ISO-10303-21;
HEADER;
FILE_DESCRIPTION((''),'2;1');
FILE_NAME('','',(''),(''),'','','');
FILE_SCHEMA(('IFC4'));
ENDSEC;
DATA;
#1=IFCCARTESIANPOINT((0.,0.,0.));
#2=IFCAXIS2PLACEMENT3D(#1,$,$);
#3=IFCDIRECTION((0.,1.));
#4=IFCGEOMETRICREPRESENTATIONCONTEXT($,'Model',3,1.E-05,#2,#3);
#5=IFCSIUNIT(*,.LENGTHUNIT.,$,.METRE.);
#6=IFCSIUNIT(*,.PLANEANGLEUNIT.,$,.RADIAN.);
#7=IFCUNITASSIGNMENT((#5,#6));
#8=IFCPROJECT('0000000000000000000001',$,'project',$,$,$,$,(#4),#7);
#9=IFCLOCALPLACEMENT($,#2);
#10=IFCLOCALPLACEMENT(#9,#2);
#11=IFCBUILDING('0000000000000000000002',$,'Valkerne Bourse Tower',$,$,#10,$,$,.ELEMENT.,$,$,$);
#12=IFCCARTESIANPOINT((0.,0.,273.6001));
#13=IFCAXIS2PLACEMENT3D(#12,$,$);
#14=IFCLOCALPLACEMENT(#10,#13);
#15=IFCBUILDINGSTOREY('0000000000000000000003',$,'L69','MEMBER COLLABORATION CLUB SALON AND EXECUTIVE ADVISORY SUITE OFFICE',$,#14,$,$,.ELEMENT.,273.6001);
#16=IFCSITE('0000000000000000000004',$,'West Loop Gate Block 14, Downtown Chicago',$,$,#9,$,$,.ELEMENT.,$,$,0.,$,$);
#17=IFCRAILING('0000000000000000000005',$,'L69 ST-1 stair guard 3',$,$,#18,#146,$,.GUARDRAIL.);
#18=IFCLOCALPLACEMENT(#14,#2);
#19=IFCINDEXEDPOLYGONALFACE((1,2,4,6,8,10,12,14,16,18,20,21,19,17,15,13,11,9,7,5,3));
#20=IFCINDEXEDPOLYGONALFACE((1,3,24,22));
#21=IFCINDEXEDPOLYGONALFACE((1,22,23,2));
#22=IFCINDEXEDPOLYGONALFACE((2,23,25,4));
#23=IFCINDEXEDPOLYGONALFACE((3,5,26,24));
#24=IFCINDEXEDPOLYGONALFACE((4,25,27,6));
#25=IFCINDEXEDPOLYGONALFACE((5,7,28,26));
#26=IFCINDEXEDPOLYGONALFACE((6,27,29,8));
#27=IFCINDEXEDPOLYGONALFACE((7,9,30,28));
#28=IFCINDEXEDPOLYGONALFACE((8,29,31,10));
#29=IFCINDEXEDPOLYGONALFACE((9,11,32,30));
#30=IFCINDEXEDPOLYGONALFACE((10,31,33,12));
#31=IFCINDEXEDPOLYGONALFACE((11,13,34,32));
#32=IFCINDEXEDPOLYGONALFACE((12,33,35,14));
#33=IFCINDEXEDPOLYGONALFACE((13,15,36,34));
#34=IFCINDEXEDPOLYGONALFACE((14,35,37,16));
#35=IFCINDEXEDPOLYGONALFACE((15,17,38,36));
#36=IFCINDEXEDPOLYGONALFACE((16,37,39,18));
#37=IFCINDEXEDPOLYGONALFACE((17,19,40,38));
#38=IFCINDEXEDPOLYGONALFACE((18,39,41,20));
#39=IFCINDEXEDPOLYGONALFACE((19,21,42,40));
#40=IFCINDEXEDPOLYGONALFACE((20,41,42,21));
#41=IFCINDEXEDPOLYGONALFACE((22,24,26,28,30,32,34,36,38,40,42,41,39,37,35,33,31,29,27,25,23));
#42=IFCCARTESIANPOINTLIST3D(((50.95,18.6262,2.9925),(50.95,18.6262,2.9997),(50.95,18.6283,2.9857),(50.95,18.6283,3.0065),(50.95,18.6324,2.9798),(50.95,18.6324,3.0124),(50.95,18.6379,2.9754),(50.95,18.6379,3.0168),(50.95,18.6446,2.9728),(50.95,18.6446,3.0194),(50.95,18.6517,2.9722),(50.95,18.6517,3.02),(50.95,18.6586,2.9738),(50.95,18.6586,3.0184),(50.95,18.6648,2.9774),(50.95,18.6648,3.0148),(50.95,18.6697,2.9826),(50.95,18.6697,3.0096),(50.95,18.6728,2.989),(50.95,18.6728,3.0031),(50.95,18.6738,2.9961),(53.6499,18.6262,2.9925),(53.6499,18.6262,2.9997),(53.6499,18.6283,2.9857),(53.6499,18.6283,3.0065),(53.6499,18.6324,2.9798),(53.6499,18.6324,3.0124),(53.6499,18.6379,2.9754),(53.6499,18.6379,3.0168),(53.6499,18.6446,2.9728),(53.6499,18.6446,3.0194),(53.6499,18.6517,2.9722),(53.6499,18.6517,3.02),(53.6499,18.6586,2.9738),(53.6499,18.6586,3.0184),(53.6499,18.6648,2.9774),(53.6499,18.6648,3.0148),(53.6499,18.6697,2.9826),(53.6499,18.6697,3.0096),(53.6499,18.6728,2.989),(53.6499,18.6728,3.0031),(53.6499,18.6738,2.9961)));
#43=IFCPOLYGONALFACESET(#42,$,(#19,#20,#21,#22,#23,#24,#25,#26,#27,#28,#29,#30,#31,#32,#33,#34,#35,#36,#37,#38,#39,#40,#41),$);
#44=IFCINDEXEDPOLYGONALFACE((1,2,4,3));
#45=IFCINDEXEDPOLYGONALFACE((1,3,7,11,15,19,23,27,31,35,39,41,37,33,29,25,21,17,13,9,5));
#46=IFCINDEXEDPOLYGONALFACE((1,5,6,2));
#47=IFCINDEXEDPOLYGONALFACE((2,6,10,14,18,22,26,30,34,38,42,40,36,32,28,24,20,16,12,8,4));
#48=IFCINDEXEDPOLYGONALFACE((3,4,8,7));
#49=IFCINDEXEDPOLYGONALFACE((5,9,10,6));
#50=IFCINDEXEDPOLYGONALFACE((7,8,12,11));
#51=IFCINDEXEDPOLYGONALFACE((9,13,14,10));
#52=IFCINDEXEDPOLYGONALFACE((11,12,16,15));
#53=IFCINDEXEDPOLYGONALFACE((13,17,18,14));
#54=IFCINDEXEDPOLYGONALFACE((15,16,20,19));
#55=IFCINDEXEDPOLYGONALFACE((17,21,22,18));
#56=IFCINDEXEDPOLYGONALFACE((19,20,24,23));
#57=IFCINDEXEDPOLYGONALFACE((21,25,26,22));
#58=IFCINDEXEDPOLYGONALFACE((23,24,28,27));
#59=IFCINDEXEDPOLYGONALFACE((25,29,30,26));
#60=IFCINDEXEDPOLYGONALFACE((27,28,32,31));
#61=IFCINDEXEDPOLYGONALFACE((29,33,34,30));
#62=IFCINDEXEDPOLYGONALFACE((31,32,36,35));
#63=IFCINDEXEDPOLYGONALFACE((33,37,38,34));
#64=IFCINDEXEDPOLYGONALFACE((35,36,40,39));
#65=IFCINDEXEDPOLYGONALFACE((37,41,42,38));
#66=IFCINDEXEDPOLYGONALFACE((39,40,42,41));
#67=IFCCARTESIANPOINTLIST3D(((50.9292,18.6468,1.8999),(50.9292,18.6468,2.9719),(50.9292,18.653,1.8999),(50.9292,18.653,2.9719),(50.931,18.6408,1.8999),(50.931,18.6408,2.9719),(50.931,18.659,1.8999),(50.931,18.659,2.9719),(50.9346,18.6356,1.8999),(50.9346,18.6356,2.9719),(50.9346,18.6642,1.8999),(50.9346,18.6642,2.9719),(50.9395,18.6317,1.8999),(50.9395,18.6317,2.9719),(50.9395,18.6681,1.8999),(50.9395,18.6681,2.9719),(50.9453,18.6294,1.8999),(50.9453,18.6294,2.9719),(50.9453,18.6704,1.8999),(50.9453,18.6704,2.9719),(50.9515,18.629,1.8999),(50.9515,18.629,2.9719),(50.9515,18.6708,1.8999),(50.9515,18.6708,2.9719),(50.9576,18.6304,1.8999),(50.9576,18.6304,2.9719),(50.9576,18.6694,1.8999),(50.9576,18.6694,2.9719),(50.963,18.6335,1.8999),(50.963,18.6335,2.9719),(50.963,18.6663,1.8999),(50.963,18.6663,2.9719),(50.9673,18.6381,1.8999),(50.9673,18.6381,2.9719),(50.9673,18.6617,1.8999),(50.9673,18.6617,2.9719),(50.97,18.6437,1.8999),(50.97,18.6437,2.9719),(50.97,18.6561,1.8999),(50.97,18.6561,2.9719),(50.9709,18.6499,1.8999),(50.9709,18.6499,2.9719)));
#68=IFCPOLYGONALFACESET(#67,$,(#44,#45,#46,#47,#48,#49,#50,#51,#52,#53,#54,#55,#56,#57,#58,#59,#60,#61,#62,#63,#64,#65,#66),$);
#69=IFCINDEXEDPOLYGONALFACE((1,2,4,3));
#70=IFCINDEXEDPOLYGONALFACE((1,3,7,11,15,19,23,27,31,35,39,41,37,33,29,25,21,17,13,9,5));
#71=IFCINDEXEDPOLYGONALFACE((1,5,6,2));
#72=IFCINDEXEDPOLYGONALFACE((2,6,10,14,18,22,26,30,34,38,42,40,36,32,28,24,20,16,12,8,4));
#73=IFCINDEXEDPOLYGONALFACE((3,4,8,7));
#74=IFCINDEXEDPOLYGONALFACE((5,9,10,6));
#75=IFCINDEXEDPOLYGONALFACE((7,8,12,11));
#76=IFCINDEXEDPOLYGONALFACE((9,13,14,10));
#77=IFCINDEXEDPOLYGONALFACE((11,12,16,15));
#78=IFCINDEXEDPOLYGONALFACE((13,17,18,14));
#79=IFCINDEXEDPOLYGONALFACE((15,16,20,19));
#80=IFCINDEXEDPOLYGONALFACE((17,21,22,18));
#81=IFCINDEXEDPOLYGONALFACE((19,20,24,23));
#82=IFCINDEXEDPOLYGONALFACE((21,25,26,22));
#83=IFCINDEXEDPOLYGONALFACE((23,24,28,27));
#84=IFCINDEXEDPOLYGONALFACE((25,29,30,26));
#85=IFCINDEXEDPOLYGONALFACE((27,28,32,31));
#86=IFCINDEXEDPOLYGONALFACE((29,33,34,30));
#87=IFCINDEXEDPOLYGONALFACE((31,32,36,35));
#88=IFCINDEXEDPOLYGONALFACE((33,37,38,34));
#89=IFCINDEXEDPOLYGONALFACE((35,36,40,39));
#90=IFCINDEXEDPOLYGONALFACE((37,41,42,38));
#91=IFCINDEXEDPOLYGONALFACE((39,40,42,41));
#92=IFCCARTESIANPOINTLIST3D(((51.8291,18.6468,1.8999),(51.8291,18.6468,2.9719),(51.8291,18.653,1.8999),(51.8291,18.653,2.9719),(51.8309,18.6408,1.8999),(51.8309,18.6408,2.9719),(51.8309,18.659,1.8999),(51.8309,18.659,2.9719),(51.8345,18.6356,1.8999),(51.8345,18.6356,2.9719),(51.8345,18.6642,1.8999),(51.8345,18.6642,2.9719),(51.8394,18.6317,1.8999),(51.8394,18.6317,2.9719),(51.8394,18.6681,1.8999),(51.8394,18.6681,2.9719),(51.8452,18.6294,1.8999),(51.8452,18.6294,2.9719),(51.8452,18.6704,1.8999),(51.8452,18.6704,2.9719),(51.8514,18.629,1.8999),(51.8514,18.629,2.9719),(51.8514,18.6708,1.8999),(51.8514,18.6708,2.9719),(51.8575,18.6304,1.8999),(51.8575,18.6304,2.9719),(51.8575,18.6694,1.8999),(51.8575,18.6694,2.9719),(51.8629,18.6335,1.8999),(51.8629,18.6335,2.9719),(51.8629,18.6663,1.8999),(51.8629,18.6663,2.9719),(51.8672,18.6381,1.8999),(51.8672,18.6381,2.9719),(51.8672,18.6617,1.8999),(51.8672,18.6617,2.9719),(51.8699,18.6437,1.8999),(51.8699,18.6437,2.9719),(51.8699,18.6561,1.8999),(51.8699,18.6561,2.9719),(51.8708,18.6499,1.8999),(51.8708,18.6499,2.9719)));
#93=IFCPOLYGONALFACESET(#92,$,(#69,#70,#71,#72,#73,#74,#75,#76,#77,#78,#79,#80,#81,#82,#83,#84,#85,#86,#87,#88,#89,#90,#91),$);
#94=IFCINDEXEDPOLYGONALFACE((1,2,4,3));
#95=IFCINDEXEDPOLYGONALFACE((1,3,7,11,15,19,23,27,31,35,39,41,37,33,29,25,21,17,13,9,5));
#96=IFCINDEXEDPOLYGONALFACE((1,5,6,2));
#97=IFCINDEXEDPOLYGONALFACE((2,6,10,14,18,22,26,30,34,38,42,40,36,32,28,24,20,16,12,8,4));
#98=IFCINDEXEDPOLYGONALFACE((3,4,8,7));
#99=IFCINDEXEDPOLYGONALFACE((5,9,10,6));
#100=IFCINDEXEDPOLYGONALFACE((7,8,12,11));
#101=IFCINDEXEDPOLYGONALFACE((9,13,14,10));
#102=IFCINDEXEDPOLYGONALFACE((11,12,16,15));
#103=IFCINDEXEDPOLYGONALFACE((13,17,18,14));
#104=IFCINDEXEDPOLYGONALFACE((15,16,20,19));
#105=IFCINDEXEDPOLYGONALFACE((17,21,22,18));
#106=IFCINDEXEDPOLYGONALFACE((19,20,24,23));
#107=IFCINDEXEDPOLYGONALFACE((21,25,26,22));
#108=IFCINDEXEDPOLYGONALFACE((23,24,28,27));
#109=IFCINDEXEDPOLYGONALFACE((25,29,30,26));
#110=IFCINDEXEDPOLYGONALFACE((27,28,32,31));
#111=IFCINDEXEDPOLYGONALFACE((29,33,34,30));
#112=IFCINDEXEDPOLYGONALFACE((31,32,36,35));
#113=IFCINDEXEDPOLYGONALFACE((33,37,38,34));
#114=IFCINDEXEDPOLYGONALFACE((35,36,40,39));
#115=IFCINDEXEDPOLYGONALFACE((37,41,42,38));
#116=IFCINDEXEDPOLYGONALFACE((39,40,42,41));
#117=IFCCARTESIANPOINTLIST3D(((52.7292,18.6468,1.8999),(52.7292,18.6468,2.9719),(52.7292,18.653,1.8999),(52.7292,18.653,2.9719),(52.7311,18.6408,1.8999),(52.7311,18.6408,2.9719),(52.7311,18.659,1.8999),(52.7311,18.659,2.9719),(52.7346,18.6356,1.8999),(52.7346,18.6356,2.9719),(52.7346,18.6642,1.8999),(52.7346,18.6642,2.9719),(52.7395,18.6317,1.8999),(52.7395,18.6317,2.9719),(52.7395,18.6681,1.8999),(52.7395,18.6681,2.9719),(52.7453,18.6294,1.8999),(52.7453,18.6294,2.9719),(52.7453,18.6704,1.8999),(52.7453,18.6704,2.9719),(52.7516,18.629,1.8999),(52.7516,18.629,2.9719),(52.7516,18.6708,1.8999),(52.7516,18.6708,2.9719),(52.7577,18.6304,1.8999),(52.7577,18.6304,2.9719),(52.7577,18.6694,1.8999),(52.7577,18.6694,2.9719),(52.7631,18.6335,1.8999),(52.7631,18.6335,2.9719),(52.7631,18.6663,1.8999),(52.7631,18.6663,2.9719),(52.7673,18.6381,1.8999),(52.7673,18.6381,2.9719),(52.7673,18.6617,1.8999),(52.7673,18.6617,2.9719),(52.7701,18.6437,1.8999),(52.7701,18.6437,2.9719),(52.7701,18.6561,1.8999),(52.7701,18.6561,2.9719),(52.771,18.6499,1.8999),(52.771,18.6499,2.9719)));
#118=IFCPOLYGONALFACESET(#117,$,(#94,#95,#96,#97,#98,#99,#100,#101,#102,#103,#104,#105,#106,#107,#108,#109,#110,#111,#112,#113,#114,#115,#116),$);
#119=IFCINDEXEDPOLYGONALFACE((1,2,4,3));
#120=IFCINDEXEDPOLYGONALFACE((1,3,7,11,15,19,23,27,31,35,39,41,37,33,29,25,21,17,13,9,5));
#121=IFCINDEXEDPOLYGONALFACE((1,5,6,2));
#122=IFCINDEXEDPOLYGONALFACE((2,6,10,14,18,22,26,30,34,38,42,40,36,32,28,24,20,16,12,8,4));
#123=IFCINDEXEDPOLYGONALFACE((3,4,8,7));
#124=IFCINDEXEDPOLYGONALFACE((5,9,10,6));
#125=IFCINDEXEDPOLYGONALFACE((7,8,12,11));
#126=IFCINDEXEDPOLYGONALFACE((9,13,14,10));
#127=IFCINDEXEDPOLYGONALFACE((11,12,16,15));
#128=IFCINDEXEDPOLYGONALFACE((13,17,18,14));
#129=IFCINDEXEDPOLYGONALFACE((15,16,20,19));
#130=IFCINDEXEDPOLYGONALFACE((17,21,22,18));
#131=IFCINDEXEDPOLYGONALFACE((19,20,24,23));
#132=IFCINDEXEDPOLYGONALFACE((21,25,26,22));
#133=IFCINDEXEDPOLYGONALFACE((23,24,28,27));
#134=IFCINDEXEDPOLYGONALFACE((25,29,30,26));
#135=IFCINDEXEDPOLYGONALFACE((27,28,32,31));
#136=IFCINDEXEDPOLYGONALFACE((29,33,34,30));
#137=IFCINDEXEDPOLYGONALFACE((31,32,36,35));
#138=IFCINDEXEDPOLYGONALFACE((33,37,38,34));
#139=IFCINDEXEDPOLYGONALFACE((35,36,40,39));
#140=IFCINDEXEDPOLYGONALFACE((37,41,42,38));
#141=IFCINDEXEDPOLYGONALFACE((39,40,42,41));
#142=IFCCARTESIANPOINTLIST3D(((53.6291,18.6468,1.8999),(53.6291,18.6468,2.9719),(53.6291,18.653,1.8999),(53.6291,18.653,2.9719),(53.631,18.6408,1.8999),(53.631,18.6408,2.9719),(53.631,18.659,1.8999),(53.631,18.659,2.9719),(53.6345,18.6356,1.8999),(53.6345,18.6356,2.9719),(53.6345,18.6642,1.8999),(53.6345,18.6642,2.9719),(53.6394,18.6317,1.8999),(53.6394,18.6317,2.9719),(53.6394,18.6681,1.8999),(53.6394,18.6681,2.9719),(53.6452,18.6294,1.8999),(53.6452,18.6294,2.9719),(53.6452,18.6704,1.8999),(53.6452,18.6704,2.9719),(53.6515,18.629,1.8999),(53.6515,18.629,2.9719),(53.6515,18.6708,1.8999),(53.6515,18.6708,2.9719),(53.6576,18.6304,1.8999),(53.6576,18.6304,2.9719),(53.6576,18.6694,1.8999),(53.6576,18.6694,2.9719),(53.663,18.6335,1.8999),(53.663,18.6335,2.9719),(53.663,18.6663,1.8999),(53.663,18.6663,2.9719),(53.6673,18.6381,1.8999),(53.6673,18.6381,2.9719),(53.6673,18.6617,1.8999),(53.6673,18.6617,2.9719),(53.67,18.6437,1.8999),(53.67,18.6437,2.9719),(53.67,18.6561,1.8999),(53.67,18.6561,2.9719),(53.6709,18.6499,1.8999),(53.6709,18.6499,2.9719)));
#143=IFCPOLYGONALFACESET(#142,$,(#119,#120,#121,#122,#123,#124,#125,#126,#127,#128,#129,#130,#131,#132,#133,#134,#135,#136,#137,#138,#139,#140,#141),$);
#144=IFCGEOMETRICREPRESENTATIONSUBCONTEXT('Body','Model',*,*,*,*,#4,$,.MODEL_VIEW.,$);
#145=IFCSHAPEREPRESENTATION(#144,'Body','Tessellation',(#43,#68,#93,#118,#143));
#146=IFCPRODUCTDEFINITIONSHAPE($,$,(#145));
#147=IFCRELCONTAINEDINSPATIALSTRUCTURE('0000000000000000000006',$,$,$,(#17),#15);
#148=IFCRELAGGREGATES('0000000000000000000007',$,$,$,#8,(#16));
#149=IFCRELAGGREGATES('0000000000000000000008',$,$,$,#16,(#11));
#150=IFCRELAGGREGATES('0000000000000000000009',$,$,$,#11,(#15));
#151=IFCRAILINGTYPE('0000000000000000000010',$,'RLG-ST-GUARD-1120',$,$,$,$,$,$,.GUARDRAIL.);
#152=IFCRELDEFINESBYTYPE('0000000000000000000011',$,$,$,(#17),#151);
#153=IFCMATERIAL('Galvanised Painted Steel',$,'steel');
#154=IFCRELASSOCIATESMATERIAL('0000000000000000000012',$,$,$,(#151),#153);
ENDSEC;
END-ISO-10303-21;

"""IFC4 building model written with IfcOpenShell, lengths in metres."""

from ifc_helpers import new_model, si_unit, direction, frame, origin, origin_2d, place, context, subcontext, project, spatial, circle, extrude, material, type_object, element, save


model = new_model("IFC4")

# Units and contexts
model_context = context("Model", 3, precision=1e-05, world=origin(), true_north=direction((0.0, 1.0)))
body_context = subcontext(model_context, "Body", "Model", "MODEL_VIEW")
ifc_project = project(units=[si_unit("LENGTHUNIT", "METRE"), si_unit("PLANEANGLEUNIT", "RADIAN")], contexts=[model_context])

# Site, building, storey
site_placement = place(None, origin())
site = spatial("IfcSite", under=ifc_project, at=site_placement, Name="West Loop Gate Block 14, Downtown Chicago", CompositionType="ELEMENT", RefElevation=0.0)
building_placement = place(site_placement, origin())
building = spatial("IfcBuilding", under=site, at=building_placement, Name="Valkerne Bourse Tower", CompositionType="ELEMENT")
storey_placement = place(building_placement, frame((0.0, 0.0, 273.6001)))
storey = spatial("IfcBuildingStorey", under=building, at=storey_placement, Name="L69", Description="MEMBER COLLABORATION CLUB SALON AND EXECUTIVE ADVISORY SUITE OFFICE", CompositionType="ELEMENT", Elevation=273.6001)

# Shared definitions
ifc_material_1 = material(Name="Galvanised Painted Steel", Category="steel")

# Railing
railing_type_1 = type_object("IfcRailingType", Name="RLG-ST-GUARD-1120", PredefinedType="GUARDRAIL", material=ifc_material_1)
for number, where, name in (
    (1, (50.95, 18.6499, 1.8999), "L69 ST-1 stair guard 3"),
):
    element("IfcRailing", number, at=place(storey_placement, frame(where)), inside=storey, type_object=railing_type_1, Name=name, PredefinedType="GUARDRAIL", context=body_context, shape_type="SweptSolid", body=[
        extrude(circle(Radius=0.0239, at=origin_2d()), frame((0.0, 0.0, 1.0962), z_axis=(1.0, 0.0, 0.0), x_axis=(0.0, 1.0, 0.0)), (0.0, 0.0, 1.0), 2.7),
        extrude(circle(Radius=0.021, at=origin_2d()), origin(), (0.0, 0.0, 1.0), 1.072),
        extrude(circle(Radius=0.021, at=origin_2d()), frame((0.8999, 0.0, 0.0)), (0.0, 0.0, 1.0), 1.072),
        extrude(circle(Radius=0.021, at=origin_2d()), frame((1.8, 0.0, 0.0)), (0.0, 0.0, 1.0), 1.072),
        extrude(circle(Radius=0.021, at=origin_2d()), frame((2.7, 0.0, 0.0)), (0.0, 0.0, 1.0), 1.072),
    ])

save(model, "model.ifc")
